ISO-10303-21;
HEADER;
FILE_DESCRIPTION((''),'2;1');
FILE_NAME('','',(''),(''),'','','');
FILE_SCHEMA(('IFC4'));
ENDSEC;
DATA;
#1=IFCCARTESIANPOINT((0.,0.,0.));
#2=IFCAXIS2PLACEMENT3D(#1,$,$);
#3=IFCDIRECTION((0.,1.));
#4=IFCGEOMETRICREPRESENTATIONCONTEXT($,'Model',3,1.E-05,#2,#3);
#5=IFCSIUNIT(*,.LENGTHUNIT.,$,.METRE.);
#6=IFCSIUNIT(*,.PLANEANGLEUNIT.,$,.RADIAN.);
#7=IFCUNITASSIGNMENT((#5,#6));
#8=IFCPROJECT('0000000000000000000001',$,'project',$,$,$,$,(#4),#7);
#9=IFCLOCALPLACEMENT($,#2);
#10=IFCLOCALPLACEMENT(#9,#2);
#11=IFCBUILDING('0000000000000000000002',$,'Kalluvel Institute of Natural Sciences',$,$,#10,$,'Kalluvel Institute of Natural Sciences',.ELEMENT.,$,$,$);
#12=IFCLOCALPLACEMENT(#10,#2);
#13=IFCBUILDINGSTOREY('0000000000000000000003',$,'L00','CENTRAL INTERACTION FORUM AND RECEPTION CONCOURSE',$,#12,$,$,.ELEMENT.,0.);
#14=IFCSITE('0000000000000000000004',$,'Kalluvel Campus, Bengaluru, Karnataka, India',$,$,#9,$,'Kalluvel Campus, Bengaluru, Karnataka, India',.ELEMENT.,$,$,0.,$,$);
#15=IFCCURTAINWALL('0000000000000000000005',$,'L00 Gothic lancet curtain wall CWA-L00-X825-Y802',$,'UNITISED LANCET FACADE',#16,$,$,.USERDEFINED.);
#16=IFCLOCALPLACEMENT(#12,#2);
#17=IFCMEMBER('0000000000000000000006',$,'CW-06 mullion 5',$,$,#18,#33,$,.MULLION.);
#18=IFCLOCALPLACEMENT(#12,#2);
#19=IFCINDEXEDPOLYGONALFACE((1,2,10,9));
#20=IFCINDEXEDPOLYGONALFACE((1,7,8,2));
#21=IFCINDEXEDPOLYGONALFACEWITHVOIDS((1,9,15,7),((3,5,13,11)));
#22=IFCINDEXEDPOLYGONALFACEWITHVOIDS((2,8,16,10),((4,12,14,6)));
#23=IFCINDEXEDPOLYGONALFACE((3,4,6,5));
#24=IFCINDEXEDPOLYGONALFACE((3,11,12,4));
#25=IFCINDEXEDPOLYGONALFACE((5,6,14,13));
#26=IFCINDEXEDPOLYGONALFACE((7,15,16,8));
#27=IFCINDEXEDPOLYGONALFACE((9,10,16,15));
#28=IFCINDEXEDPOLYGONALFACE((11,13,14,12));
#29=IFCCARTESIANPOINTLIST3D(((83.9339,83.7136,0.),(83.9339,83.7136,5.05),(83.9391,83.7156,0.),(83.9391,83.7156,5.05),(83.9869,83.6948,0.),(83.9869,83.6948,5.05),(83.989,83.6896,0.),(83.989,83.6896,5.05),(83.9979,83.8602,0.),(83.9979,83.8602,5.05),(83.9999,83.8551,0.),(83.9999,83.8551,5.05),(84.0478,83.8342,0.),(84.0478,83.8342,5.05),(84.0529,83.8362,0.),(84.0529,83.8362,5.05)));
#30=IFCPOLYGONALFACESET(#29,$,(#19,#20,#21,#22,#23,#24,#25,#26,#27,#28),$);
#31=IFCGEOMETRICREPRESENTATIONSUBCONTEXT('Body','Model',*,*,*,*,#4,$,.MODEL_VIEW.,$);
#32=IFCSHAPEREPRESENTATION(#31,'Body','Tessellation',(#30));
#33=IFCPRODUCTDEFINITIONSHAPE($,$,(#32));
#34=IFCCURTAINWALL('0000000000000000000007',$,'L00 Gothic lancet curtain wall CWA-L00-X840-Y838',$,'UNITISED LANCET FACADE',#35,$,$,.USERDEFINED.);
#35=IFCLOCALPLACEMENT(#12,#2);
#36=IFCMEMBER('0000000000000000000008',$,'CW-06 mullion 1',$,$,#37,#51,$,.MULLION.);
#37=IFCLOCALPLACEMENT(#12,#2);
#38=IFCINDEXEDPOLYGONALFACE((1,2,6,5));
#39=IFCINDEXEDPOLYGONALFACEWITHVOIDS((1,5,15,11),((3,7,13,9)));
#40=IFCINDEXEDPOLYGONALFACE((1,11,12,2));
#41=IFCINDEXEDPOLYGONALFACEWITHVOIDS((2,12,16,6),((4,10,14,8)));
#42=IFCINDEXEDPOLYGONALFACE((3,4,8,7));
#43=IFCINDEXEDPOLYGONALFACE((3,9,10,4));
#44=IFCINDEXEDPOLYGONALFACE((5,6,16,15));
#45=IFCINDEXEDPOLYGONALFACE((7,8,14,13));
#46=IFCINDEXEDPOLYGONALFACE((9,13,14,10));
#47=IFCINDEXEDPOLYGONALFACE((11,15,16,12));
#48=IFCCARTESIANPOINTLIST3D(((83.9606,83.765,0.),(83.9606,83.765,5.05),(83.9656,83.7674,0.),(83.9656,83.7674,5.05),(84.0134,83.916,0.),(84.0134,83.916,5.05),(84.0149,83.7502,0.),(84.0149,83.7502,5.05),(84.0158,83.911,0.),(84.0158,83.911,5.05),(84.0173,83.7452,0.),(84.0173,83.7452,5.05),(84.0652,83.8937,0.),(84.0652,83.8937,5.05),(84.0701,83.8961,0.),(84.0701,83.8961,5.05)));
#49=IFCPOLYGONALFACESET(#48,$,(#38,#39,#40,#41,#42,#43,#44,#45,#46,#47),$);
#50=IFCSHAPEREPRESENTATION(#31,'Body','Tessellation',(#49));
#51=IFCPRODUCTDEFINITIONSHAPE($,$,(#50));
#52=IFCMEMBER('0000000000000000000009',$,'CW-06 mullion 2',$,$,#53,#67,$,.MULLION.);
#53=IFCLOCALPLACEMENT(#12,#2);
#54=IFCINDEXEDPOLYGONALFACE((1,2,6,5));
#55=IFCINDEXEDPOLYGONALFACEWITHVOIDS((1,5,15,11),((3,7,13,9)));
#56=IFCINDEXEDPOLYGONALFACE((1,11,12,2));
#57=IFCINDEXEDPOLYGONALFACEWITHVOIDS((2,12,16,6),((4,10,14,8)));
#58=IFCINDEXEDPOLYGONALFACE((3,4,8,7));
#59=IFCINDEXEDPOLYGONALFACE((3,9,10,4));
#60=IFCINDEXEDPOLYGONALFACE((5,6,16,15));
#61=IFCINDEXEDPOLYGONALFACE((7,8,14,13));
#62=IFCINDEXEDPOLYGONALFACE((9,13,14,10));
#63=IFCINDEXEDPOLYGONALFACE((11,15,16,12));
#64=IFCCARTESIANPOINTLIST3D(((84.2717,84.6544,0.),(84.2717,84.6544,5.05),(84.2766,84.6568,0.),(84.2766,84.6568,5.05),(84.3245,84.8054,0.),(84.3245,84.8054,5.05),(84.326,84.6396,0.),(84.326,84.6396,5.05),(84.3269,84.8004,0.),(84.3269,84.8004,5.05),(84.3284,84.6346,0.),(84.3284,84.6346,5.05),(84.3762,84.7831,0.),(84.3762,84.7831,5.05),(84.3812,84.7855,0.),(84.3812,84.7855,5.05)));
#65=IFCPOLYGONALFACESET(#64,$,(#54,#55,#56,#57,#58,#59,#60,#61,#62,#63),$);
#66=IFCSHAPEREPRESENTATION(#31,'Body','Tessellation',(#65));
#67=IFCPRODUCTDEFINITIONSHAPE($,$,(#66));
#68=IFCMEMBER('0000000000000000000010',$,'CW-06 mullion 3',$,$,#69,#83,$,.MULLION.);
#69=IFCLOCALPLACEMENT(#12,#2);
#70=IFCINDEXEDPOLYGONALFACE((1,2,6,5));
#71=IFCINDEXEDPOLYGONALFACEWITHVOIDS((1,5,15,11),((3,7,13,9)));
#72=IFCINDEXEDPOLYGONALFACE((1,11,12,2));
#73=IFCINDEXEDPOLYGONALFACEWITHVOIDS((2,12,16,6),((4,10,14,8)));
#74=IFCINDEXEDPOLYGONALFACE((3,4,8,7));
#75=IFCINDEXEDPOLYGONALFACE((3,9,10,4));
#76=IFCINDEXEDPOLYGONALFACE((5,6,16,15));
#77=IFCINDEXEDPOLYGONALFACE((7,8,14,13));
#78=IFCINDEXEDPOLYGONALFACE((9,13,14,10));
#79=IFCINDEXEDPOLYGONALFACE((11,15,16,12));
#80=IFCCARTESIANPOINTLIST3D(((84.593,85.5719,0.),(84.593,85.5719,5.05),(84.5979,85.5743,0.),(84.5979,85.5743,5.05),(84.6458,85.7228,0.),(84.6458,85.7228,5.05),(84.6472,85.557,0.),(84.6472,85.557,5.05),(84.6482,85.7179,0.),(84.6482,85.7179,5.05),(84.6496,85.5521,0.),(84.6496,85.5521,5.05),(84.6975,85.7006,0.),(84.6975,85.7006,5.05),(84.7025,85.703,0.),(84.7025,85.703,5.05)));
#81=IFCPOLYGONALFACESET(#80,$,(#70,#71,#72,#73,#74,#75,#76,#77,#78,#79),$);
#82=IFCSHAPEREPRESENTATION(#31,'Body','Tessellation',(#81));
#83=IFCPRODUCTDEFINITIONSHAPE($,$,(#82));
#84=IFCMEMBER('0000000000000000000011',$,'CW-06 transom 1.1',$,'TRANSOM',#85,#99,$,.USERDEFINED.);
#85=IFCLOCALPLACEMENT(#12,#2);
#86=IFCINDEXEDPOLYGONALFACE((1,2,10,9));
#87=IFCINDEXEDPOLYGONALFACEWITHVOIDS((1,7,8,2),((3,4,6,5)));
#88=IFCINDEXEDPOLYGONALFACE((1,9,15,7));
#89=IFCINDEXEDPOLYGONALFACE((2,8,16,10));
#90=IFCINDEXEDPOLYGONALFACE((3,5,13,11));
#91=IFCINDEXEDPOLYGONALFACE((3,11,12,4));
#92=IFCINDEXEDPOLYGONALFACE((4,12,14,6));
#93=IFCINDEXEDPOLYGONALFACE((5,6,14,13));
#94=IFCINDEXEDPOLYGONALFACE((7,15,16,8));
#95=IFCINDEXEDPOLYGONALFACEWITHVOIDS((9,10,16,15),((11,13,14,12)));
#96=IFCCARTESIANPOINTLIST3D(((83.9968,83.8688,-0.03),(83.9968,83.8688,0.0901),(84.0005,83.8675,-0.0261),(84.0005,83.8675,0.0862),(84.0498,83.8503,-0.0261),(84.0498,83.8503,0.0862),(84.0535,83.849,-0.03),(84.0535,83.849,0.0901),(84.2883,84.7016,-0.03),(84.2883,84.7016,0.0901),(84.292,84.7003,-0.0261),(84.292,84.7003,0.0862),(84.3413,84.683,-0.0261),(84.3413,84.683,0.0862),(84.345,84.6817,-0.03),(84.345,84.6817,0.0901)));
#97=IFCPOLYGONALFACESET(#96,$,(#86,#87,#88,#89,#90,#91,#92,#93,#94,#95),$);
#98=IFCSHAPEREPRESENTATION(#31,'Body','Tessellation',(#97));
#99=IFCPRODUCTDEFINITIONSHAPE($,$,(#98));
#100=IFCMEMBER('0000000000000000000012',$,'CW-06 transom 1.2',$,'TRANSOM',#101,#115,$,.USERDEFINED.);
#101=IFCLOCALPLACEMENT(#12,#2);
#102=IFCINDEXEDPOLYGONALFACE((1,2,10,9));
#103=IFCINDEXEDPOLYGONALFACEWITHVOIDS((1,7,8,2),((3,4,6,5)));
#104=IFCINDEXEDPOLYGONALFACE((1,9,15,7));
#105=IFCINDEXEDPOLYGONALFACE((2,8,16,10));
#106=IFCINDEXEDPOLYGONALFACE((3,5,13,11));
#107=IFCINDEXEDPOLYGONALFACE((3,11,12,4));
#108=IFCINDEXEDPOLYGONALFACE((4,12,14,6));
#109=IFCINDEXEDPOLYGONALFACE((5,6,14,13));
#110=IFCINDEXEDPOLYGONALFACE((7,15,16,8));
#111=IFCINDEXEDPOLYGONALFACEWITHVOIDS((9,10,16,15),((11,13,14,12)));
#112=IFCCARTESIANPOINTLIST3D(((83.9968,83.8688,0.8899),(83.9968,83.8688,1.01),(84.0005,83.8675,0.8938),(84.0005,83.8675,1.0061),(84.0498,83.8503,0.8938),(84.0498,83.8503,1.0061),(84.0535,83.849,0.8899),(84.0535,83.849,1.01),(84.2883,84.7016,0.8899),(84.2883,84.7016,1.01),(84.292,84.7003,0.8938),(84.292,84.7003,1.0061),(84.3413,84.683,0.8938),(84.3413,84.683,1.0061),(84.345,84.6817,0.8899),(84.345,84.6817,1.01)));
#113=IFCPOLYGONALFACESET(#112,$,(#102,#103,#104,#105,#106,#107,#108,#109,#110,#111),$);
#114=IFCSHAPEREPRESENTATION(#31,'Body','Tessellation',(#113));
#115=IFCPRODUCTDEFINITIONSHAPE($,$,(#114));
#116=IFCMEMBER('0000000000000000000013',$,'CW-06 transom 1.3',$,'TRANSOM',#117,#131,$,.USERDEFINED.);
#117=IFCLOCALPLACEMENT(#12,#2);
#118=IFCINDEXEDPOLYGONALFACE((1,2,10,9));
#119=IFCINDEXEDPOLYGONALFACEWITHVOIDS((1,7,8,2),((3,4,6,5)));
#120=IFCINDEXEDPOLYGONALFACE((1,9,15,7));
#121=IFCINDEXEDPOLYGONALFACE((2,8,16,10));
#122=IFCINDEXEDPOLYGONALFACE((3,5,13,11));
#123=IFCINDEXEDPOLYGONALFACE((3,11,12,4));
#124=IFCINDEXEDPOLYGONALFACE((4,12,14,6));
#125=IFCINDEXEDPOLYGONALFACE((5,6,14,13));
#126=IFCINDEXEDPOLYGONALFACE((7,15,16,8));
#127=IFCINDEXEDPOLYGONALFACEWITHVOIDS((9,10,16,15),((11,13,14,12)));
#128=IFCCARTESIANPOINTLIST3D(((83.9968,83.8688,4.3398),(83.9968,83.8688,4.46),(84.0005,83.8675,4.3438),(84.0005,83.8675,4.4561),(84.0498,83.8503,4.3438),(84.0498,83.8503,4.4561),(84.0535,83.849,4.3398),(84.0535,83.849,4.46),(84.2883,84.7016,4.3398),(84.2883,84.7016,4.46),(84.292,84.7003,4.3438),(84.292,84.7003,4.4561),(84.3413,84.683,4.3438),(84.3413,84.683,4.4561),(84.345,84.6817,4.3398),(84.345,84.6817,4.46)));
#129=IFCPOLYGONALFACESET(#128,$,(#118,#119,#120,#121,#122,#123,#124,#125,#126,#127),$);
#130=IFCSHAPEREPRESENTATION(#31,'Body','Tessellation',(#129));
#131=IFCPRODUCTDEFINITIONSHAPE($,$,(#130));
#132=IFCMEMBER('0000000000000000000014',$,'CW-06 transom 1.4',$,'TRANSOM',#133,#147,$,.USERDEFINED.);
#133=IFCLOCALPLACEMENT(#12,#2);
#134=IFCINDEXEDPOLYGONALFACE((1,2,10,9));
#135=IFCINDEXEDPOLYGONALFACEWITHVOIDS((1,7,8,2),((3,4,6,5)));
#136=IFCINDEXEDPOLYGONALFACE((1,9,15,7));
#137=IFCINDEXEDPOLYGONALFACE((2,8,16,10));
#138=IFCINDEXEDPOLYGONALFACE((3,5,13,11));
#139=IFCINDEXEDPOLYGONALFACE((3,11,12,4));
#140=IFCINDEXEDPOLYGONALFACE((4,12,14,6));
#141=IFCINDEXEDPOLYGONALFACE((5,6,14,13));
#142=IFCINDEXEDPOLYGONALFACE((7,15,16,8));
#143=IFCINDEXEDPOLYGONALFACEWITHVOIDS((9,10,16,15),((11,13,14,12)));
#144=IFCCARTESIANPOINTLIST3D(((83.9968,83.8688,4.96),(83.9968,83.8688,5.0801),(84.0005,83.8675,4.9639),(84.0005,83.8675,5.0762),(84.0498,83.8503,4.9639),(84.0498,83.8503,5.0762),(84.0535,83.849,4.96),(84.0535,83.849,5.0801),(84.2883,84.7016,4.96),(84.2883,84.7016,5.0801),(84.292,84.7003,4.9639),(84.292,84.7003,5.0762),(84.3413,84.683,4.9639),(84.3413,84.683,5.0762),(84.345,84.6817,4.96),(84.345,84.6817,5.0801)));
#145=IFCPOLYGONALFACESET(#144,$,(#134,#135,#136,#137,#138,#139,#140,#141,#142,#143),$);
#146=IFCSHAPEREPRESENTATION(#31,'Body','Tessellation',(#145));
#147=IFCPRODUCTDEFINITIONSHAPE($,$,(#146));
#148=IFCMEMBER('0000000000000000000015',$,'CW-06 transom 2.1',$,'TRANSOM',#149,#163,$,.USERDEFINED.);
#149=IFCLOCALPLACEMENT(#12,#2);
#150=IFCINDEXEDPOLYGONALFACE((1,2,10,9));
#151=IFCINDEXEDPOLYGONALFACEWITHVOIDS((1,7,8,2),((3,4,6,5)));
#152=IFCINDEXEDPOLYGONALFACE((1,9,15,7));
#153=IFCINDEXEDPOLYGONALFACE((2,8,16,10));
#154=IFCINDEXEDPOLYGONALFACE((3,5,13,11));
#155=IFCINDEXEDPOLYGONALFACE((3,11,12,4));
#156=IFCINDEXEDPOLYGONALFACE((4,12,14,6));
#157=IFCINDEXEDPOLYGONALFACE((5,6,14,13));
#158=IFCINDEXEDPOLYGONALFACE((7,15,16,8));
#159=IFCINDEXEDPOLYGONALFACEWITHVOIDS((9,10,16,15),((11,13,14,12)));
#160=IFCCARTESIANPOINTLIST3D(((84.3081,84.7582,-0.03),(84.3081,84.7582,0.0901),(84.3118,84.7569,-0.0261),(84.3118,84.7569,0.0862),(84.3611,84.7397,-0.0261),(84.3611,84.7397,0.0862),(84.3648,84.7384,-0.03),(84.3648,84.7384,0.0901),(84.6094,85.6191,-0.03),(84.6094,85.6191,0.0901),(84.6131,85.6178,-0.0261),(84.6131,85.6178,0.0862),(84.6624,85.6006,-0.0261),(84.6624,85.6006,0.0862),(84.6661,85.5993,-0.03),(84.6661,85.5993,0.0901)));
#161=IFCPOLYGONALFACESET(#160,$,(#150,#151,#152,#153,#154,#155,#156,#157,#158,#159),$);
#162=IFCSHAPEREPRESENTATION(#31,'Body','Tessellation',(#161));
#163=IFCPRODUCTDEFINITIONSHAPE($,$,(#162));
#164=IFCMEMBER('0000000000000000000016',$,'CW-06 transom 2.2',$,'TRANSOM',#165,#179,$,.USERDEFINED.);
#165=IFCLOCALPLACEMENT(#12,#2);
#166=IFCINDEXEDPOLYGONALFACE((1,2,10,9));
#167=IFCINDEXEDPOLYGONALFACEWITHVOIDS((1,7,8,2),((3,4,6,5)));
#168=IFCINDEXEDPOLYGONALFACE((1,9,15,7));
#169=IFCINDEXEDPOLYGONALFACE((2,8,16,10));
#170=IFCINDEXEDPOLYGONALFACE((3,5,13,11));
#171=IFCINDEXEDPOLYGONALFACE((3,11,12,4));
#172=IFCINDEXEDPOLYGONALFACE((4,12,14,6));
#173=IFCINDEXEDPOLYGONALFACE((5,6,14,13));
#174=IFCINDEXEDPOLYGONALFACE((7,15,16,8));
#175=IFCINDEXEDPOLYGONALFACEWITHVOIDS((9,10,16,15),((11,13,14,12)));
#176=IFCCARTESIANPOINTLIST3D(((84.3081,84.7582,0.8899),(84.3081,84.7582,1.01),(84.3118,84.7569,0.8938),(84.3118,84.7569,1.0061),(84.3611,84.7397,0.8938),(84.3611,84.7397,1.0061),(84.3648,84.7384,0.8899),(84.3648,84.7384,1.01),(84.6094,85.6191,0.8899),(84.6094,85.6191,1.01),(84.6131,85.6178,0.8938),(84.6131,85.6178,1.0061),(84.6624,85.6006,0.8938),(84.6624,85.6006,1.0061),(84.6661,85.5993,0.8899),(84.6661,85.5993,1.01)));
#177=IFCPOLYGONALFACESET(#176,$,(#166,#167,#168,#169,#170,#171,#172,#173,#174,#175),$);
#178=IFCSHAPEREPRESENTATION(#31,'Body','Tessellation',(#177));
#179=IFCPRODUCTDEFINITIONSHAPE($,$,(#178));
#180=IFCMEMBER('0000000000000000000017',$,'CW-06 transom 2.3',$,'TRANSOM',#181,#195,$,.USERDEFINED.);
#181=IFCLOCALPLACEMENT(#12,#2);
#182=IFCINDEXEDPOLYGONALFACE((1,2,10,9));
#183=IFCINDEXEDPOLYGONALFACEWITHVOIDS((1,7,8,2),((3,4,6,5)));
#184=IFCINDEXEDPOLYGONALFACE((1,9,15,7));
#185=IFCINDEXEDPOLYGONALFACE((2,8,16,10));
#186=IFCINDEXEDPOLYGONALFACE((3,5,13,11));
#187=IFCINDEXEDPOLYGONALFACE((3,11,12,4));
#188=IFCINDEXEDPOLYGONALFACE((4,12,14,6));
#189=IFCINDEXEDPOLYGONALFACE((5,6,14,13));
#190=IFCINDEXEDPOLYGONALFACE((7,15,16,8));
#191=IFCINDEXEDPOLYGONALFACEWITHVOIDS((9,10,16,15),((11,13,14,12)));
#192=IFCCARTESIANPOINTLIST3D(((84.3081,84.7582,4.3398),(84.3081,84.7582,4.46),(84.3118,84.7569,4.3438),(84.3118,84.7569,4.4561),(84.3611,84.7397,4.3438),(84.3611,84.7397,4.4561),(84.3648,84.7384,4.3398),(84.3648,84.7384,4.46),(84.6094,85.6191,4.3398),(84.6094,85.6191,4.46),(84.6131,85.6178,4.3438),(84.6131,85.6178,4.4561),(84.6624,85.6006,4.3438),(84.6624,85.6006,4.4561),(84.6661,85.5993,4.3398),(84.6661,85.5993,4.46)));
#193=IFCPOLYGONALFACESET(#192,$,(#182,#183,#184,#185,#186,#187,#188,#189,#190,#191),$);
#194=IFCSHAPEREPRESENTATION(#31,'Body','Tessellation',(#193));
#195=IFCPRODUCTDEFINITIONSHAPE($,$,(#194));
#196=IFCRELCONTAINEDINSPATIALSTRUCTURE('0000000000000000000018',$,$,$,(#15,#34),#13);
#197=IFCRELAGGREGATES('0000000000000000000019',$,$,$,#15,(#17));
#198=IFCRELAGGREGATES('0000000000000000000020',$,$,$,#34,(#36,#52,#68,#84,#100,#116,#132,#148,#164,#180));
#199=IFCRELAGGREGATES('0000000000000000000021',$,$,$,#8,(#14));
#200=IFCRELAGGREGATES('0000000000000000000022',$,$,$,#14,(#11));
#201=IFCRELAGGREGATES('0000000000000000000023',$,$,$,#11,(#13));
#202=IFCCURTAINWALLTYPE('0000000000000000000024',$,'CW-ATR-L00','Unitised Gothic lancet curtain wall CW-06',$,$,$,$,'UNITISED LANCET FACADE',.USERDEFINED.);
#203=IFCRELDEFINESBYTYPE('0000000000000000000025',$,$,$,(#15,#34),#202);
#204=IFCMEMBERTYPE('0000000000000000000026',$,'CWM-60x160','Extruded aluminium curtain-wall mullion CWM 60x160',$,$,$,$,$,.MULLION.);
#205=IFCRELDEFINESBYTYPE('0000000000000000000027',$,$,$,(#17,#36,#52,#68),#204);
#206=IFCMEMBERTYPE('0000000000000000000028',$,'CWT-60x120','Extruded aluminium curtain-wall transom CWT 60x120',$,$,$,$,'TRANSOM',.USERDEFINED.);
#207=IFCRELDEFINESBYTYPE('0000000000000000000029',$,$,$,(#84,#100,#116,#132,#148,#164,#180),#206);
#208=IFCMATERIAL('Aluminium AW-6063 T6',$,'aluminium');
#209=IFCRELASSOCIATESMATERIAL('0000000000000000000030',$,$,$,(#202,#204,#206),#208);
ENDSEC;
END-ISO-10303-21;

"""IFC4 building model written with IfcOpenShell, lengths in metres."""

from ifc_helpers import new_model, si_unit, direction, frame, origin, origin_2d, place, context, subcontext, project, spatial, hollow_rectangle, extrude, material, material_profile, profile_set, type_object, element, aggregate, save


model = new_model("IFC4")

# Units and contexts
model_context = context("Model", 3, precision=1e-05, world=origin(), true_north=direction((0.0, 1.0)))
body_context = subcontext(model_context, "Body", "Model", "MODEL_VIEW")
ifc_project = project(units=[si_unit("LENGTHUNIT", "METRE"), si_unit("PLANEANGLEUNIT", "RADIAN")], contexts=[model_context])

# Site, building, storey
site_placement = place(None, origin())
site = spatial("IfcSite", under=ifc_project, at=site_placement, Name="Kalluvel Campus, Bengaluru, Karnataka, India", LongName="Kalluvel Campus, Bengaluru, Karnataka, India", CompositionType="ELEMENT", RefElevation=0.0)
building_placement = place(site_placement, origin())
building = spatial("IfcBuilding", under=site, at=building_placement, Name="Kalluvel Institute of Natural Sciences", LongName="Kalluvel Institute of Natural Sciences", CompositionType="ELEMENT")
storey_placement = place(building_placement, origin())
storey = spatial("IfcBuildingStorey", under=building, at=storey_placement, Name="L00", Description="CENTRAL INTERACTION FORUM AND RECEPTION CONCOURSE", CompositionType="ELEMENT", Elevation=0.0)

# Curtain wall, member
ifc_material_1 = material(Name="Aluminium AW-6063 T6", Category="aluminium")
curtain_wall_type = type_object("IfcCurtainWallType", Name="CW-ATR-L00", Description="Unitised Gothic lancet curtain wall CW-06", ElementType="UNITISED LANCET FACADE", PredefinedType="USERDEFINED", material=ifc_material_1)
curtain_wall_1_placement = place(storey_placement, origin())
curtain_wall_1 = element("IfcCurtainWall", 1, at=curtain_wall_1_placement, inside=storey, type_object=curtain_wall_type, Name="L00 Gothic lancet curtain wall CWA-L00-X825-Y802", ObjectType="UNITISED LANCET FACADE", PredefinedType="USERDEFINED")
ifc_material_profile_1 = material_profile(ifc_material_1, hollow_rectangle(XDim=0.0601, YDim=0.1599, WallThickness=0.0039, at=origin_2d()), Name="CWM 60x160")
ifc_profile_set_1 = profile_set([ifc_material_profile_1], Name="Aluminium AW-6063 T6")
member_type_1 = type_object("IfcMemberType", Name="CWM-60x160", Description="Extruded aluminium curtain-wall mullion CWM 60x160", PredefinedType="MULLION", material=ifc_profile_set_1)
member_1_placement = place(storey_placement, frame((83.9934, 83.7749, 0.0), z_axis=(0.0, 0.0, 1.0), x_axis=(-0.916571, 0.399873, 0.0)))
member_1 = element("IfcMember", 2, at=member_1_placement, type_object=member_type_1, Name="CW-06 mullion 5", PredefinedType="MULLION", context=body_context, shape_type="SweptSolid", body=[
    extrude(hollow_rectangle(XDim=0.0601, YDim=0.1599, WallThickness=0.0039, at=origin_2d()), origin(), (0.0, 0.0, 1.0), 5.05),
])

# Curtain wall, members
curtain_wall_2_placement = place(storey_placement, origin())
curtain_wall_2 = element("IfcCurtainWall", 3, at=curtain_wall_2_placement, inside=storey, type_object=curtain_wall_type, Name="L00 Gothic lancet curtain wall CWA-L00-X840-Y838", ObjectType="UNITISED LANCET FACADE", PredefinedType="USERDEFINED")
member_2_placement = place(storey_placement, frame((84.0154, 83.8306, 0.0), z_axis=(0.0, 0.0, 1.0), x_axis=(-0.943878, 0.330295, 0.0)))
member_2 = element("IfcMember", 4, at=member_2_placement, type_object=member_type_1, Name="CW-06 mullion 1", PredefinedType="MULLION", context=body_context, shape_type="SweptSolid", body=[
    extrude(hollow_rectangle(XDim=0.0601, YDim=0.1599, WallThickness=0.0039, at=origin_2d()), origin(), (0.0, 0.0, 1.0), 5.05),
])
member_3_placement = place(storey_placement, frame((84.3264, 84.72, 0.0), z_axis=(0.0, 0.0, 1.0), x_axis=(-0.943878, 0.330295, 0.0)))
member_3 = element("IfcMember", 5, at=member_3_placement, type_object=member_type_1, Name="CW-06 mullion 2", PredefinedType="MULLION", context=body_context, shape_type="SweptSolid", body=[
    extrude(hollow_rectangle(XDim=0.0601, YDim=0.1599, WallThickness=0.0039, at=origin_2d()), origin(), (0.0, 0.0, 1.0), 5.05),
])
member_4_placement = place(storey_placement, frame((84.6477, 85.6375, 0.0), z_axis=(0.0, 0.0, 1.0), x_axis=(-0.943878, 0.330295, 0.0)))
member_4 = element("IfcMember", 6, at=member_4_placement, type_object=member_type_1, Name="CW-06 mullion 3", PredefinedType="MULLION", context=body_context, shape_type="SweptSolid", body=[
    extrude(hollow_rectangle(XDim=0.0601, YDim=0.1599, WallThickness=0.0039, at=origin_2d()), origin(), (0.0, 0.0, 1.0), 5.05),
])
ifc_material_profile_2 = material_profile(ifc_material_1, hollow_rectangle(XDim=0.0601, YDim=0.1201, WallThickness=0.0039, at=origin_2d()), Name="CWT 60x120")
ifc_profile_set_2 = profile_set([ifc_material_profile_2], Name="Aluminium AW-6063 T6")
member_type_2 = type_object("IfcMemberType", Name="CWT-60x120", Description="Extruded aluminium curtain-wall transom CWT 60x120", ElementType="TRANSOM", PredefinedType="USERDEFINED", material=ifc_profile_set_2)
member_5_placement = place(storey_placement, frame((84.0251, 83.8589, 0.03), z_axis=(0.330387, 0.943845, 0.0), x_axis=(-0.943845, 0.330387, 0.0)))
member_5 = element("IfcMember", 7, at=member_5_placement, type_object=member_type_2, Name="CW-06 transom 1.1", ObjectType="TRANSOM", PredefinedType="USERDEFINED", context=body_context, shape_type="SweptSolid", body=[
    extrude(hollow_rectangle(XDim=0.0601, YDim=0.1201, WallThickness=0.0039, at=origin_2d()), origin(), (0.0, 0.0, 1.0), 0.8823),
])
member_6_placement = place(storey_placement, frame((84.0251, 83.8589, 0.95), z_axis=(0.330387, 0.943845, 0.0), x_axis=(-0.943845, 0.330387, 0.0)))
member_6 = element("IfcMember", 8, at=member_6_placement, type_object=member_type_2, Name="CW-06 transom 1.2", ObjectType="TRANSOM", PredefinedType="USERDEFINED", context=body_context, shape_type="SweptSolid", body=[
    extrude(hollow_rectangle(XDim=0.0601, YDim=0.1201, WallThickness=0.0039, at=origin_2d()), origin(), (0.0, 0.0, 1.0), 0.8823),
])
member_7_placement = place(storey_placement, frame((84.0251, 83.8589, 4.3999), z_axis=(0.330387, 0.943845, 0.0), x_axis=(-0.943845, 0.330387, 0.0)))
member_7 = element("IfcMember", 9, at=member_7_placement, type_object=member_type_2, Name="CW-06 transom 1.3", ObjectType="TRANSOM", PredefinedType="USERDEFINED", context=body_context, shape_type="SweptSolid", body=[
    extrude(hollow_rectangle(XDim=0.0601, YDim=0.1201, WallThickness=0.0039, at=origin_2d()), origin(), (0.0, 0.0, 1.0), 0.8823),
])
member_8_placement = place(storey_placement, frame((84.0251, 83.8589, 5.02), z_axis=(0.330387, 0.943845, 0.0), x_axis=(-0.943845, 0.330387, 0.0)))
member_8 = element("IfcMember", 10, at=member_8_placement, type_object=member_type_2, Name="CW-06 transom 1.4", ObjectType="TRANSOM", PredefinedType="USERDEFINED", context=body_context, shape_type="SweptSolid", body=[
    extrude(hollow_rectangle(XDim=0.0601, YDim=0.1201, WallThickness=0.0039, at=origin_2d()), origin(), (0.0, 0.0, 1.0), 0.8823),
])
member_9_placement = place(storey_placement, frame((84.3364, 84.7483, 0.03), z_axis=(0.330327, 0.943867, 0.0), x_axis=(-0.943867, 0.330327, 0.0)))
member_9 = element("IfcMember", 11, at=member_9_placement, type_object=member_type_2, Name="CW-06 transom 2.1", ObjectType="TRANSOM", PredefinedType="USERDEFINED", context=body_context, shape_type="SweptSolid", body=[
    extrude(hollow_rectangle(XDim=0.0601, YDim=0.1201, WallThickness=0.0039, at=origin_2d()), origin(), (0.0, 0.0, 1.0), 0.9121),
])
member_10_placement = place(storey_placement, frame((84.3364, 84.7483, 0.95), z_axis=(0.330327, 0.943867, 0.0), x_axis=(-0.943867, 0.330327, 0.0)))
member_10 = element("IfcMember", 12, at=member_10_placement, type_object=member_type_2, Name="CW-06 transom 2.2", ObjectType="TRANSOM", PredefinedType="USERDEFINED", context=body_context, shape_type="SweptSolid", body=[
    extrude(hollow_rectangle(XDim=0.0601, YDim=0.1201, WallThickness=0.0039, at=origin_2d()), origin(), (0.0, 0.0, 1.0), 0.9121),
])
member_11_placement = place(storey_placement, frame((84.3364, 84.7483, 4.3999), z_axis=(0.330327, 0.943867, 0.0), x_axis=(-0.943867, 0.330327, 0.0)))
member_11 = element("IfcMember", 13, at=member_11_placement, type_object=member_type_2, Name="CW-06 transom 2.3", ObjectType="TRANSOM", PredefinedType="USERDEFINED", context=body_context, shape_type="SweptSolid", body=[
    extrude(hollow_rectangle(XDim=0.0601, YDim=0.1201, WallThickness=0.0039, at=origin_2d()), origin(), (0.0, 0.0, 1.0), 0.9121),
])

aggregate(curtain_wall_1, [member_1])
aggregate(curtain_wall_2, [member_2, member_3, member_4, member_5, member_6, member_7, member_8, member_9, member_10, member_11])

save(model, "model.ifc")
